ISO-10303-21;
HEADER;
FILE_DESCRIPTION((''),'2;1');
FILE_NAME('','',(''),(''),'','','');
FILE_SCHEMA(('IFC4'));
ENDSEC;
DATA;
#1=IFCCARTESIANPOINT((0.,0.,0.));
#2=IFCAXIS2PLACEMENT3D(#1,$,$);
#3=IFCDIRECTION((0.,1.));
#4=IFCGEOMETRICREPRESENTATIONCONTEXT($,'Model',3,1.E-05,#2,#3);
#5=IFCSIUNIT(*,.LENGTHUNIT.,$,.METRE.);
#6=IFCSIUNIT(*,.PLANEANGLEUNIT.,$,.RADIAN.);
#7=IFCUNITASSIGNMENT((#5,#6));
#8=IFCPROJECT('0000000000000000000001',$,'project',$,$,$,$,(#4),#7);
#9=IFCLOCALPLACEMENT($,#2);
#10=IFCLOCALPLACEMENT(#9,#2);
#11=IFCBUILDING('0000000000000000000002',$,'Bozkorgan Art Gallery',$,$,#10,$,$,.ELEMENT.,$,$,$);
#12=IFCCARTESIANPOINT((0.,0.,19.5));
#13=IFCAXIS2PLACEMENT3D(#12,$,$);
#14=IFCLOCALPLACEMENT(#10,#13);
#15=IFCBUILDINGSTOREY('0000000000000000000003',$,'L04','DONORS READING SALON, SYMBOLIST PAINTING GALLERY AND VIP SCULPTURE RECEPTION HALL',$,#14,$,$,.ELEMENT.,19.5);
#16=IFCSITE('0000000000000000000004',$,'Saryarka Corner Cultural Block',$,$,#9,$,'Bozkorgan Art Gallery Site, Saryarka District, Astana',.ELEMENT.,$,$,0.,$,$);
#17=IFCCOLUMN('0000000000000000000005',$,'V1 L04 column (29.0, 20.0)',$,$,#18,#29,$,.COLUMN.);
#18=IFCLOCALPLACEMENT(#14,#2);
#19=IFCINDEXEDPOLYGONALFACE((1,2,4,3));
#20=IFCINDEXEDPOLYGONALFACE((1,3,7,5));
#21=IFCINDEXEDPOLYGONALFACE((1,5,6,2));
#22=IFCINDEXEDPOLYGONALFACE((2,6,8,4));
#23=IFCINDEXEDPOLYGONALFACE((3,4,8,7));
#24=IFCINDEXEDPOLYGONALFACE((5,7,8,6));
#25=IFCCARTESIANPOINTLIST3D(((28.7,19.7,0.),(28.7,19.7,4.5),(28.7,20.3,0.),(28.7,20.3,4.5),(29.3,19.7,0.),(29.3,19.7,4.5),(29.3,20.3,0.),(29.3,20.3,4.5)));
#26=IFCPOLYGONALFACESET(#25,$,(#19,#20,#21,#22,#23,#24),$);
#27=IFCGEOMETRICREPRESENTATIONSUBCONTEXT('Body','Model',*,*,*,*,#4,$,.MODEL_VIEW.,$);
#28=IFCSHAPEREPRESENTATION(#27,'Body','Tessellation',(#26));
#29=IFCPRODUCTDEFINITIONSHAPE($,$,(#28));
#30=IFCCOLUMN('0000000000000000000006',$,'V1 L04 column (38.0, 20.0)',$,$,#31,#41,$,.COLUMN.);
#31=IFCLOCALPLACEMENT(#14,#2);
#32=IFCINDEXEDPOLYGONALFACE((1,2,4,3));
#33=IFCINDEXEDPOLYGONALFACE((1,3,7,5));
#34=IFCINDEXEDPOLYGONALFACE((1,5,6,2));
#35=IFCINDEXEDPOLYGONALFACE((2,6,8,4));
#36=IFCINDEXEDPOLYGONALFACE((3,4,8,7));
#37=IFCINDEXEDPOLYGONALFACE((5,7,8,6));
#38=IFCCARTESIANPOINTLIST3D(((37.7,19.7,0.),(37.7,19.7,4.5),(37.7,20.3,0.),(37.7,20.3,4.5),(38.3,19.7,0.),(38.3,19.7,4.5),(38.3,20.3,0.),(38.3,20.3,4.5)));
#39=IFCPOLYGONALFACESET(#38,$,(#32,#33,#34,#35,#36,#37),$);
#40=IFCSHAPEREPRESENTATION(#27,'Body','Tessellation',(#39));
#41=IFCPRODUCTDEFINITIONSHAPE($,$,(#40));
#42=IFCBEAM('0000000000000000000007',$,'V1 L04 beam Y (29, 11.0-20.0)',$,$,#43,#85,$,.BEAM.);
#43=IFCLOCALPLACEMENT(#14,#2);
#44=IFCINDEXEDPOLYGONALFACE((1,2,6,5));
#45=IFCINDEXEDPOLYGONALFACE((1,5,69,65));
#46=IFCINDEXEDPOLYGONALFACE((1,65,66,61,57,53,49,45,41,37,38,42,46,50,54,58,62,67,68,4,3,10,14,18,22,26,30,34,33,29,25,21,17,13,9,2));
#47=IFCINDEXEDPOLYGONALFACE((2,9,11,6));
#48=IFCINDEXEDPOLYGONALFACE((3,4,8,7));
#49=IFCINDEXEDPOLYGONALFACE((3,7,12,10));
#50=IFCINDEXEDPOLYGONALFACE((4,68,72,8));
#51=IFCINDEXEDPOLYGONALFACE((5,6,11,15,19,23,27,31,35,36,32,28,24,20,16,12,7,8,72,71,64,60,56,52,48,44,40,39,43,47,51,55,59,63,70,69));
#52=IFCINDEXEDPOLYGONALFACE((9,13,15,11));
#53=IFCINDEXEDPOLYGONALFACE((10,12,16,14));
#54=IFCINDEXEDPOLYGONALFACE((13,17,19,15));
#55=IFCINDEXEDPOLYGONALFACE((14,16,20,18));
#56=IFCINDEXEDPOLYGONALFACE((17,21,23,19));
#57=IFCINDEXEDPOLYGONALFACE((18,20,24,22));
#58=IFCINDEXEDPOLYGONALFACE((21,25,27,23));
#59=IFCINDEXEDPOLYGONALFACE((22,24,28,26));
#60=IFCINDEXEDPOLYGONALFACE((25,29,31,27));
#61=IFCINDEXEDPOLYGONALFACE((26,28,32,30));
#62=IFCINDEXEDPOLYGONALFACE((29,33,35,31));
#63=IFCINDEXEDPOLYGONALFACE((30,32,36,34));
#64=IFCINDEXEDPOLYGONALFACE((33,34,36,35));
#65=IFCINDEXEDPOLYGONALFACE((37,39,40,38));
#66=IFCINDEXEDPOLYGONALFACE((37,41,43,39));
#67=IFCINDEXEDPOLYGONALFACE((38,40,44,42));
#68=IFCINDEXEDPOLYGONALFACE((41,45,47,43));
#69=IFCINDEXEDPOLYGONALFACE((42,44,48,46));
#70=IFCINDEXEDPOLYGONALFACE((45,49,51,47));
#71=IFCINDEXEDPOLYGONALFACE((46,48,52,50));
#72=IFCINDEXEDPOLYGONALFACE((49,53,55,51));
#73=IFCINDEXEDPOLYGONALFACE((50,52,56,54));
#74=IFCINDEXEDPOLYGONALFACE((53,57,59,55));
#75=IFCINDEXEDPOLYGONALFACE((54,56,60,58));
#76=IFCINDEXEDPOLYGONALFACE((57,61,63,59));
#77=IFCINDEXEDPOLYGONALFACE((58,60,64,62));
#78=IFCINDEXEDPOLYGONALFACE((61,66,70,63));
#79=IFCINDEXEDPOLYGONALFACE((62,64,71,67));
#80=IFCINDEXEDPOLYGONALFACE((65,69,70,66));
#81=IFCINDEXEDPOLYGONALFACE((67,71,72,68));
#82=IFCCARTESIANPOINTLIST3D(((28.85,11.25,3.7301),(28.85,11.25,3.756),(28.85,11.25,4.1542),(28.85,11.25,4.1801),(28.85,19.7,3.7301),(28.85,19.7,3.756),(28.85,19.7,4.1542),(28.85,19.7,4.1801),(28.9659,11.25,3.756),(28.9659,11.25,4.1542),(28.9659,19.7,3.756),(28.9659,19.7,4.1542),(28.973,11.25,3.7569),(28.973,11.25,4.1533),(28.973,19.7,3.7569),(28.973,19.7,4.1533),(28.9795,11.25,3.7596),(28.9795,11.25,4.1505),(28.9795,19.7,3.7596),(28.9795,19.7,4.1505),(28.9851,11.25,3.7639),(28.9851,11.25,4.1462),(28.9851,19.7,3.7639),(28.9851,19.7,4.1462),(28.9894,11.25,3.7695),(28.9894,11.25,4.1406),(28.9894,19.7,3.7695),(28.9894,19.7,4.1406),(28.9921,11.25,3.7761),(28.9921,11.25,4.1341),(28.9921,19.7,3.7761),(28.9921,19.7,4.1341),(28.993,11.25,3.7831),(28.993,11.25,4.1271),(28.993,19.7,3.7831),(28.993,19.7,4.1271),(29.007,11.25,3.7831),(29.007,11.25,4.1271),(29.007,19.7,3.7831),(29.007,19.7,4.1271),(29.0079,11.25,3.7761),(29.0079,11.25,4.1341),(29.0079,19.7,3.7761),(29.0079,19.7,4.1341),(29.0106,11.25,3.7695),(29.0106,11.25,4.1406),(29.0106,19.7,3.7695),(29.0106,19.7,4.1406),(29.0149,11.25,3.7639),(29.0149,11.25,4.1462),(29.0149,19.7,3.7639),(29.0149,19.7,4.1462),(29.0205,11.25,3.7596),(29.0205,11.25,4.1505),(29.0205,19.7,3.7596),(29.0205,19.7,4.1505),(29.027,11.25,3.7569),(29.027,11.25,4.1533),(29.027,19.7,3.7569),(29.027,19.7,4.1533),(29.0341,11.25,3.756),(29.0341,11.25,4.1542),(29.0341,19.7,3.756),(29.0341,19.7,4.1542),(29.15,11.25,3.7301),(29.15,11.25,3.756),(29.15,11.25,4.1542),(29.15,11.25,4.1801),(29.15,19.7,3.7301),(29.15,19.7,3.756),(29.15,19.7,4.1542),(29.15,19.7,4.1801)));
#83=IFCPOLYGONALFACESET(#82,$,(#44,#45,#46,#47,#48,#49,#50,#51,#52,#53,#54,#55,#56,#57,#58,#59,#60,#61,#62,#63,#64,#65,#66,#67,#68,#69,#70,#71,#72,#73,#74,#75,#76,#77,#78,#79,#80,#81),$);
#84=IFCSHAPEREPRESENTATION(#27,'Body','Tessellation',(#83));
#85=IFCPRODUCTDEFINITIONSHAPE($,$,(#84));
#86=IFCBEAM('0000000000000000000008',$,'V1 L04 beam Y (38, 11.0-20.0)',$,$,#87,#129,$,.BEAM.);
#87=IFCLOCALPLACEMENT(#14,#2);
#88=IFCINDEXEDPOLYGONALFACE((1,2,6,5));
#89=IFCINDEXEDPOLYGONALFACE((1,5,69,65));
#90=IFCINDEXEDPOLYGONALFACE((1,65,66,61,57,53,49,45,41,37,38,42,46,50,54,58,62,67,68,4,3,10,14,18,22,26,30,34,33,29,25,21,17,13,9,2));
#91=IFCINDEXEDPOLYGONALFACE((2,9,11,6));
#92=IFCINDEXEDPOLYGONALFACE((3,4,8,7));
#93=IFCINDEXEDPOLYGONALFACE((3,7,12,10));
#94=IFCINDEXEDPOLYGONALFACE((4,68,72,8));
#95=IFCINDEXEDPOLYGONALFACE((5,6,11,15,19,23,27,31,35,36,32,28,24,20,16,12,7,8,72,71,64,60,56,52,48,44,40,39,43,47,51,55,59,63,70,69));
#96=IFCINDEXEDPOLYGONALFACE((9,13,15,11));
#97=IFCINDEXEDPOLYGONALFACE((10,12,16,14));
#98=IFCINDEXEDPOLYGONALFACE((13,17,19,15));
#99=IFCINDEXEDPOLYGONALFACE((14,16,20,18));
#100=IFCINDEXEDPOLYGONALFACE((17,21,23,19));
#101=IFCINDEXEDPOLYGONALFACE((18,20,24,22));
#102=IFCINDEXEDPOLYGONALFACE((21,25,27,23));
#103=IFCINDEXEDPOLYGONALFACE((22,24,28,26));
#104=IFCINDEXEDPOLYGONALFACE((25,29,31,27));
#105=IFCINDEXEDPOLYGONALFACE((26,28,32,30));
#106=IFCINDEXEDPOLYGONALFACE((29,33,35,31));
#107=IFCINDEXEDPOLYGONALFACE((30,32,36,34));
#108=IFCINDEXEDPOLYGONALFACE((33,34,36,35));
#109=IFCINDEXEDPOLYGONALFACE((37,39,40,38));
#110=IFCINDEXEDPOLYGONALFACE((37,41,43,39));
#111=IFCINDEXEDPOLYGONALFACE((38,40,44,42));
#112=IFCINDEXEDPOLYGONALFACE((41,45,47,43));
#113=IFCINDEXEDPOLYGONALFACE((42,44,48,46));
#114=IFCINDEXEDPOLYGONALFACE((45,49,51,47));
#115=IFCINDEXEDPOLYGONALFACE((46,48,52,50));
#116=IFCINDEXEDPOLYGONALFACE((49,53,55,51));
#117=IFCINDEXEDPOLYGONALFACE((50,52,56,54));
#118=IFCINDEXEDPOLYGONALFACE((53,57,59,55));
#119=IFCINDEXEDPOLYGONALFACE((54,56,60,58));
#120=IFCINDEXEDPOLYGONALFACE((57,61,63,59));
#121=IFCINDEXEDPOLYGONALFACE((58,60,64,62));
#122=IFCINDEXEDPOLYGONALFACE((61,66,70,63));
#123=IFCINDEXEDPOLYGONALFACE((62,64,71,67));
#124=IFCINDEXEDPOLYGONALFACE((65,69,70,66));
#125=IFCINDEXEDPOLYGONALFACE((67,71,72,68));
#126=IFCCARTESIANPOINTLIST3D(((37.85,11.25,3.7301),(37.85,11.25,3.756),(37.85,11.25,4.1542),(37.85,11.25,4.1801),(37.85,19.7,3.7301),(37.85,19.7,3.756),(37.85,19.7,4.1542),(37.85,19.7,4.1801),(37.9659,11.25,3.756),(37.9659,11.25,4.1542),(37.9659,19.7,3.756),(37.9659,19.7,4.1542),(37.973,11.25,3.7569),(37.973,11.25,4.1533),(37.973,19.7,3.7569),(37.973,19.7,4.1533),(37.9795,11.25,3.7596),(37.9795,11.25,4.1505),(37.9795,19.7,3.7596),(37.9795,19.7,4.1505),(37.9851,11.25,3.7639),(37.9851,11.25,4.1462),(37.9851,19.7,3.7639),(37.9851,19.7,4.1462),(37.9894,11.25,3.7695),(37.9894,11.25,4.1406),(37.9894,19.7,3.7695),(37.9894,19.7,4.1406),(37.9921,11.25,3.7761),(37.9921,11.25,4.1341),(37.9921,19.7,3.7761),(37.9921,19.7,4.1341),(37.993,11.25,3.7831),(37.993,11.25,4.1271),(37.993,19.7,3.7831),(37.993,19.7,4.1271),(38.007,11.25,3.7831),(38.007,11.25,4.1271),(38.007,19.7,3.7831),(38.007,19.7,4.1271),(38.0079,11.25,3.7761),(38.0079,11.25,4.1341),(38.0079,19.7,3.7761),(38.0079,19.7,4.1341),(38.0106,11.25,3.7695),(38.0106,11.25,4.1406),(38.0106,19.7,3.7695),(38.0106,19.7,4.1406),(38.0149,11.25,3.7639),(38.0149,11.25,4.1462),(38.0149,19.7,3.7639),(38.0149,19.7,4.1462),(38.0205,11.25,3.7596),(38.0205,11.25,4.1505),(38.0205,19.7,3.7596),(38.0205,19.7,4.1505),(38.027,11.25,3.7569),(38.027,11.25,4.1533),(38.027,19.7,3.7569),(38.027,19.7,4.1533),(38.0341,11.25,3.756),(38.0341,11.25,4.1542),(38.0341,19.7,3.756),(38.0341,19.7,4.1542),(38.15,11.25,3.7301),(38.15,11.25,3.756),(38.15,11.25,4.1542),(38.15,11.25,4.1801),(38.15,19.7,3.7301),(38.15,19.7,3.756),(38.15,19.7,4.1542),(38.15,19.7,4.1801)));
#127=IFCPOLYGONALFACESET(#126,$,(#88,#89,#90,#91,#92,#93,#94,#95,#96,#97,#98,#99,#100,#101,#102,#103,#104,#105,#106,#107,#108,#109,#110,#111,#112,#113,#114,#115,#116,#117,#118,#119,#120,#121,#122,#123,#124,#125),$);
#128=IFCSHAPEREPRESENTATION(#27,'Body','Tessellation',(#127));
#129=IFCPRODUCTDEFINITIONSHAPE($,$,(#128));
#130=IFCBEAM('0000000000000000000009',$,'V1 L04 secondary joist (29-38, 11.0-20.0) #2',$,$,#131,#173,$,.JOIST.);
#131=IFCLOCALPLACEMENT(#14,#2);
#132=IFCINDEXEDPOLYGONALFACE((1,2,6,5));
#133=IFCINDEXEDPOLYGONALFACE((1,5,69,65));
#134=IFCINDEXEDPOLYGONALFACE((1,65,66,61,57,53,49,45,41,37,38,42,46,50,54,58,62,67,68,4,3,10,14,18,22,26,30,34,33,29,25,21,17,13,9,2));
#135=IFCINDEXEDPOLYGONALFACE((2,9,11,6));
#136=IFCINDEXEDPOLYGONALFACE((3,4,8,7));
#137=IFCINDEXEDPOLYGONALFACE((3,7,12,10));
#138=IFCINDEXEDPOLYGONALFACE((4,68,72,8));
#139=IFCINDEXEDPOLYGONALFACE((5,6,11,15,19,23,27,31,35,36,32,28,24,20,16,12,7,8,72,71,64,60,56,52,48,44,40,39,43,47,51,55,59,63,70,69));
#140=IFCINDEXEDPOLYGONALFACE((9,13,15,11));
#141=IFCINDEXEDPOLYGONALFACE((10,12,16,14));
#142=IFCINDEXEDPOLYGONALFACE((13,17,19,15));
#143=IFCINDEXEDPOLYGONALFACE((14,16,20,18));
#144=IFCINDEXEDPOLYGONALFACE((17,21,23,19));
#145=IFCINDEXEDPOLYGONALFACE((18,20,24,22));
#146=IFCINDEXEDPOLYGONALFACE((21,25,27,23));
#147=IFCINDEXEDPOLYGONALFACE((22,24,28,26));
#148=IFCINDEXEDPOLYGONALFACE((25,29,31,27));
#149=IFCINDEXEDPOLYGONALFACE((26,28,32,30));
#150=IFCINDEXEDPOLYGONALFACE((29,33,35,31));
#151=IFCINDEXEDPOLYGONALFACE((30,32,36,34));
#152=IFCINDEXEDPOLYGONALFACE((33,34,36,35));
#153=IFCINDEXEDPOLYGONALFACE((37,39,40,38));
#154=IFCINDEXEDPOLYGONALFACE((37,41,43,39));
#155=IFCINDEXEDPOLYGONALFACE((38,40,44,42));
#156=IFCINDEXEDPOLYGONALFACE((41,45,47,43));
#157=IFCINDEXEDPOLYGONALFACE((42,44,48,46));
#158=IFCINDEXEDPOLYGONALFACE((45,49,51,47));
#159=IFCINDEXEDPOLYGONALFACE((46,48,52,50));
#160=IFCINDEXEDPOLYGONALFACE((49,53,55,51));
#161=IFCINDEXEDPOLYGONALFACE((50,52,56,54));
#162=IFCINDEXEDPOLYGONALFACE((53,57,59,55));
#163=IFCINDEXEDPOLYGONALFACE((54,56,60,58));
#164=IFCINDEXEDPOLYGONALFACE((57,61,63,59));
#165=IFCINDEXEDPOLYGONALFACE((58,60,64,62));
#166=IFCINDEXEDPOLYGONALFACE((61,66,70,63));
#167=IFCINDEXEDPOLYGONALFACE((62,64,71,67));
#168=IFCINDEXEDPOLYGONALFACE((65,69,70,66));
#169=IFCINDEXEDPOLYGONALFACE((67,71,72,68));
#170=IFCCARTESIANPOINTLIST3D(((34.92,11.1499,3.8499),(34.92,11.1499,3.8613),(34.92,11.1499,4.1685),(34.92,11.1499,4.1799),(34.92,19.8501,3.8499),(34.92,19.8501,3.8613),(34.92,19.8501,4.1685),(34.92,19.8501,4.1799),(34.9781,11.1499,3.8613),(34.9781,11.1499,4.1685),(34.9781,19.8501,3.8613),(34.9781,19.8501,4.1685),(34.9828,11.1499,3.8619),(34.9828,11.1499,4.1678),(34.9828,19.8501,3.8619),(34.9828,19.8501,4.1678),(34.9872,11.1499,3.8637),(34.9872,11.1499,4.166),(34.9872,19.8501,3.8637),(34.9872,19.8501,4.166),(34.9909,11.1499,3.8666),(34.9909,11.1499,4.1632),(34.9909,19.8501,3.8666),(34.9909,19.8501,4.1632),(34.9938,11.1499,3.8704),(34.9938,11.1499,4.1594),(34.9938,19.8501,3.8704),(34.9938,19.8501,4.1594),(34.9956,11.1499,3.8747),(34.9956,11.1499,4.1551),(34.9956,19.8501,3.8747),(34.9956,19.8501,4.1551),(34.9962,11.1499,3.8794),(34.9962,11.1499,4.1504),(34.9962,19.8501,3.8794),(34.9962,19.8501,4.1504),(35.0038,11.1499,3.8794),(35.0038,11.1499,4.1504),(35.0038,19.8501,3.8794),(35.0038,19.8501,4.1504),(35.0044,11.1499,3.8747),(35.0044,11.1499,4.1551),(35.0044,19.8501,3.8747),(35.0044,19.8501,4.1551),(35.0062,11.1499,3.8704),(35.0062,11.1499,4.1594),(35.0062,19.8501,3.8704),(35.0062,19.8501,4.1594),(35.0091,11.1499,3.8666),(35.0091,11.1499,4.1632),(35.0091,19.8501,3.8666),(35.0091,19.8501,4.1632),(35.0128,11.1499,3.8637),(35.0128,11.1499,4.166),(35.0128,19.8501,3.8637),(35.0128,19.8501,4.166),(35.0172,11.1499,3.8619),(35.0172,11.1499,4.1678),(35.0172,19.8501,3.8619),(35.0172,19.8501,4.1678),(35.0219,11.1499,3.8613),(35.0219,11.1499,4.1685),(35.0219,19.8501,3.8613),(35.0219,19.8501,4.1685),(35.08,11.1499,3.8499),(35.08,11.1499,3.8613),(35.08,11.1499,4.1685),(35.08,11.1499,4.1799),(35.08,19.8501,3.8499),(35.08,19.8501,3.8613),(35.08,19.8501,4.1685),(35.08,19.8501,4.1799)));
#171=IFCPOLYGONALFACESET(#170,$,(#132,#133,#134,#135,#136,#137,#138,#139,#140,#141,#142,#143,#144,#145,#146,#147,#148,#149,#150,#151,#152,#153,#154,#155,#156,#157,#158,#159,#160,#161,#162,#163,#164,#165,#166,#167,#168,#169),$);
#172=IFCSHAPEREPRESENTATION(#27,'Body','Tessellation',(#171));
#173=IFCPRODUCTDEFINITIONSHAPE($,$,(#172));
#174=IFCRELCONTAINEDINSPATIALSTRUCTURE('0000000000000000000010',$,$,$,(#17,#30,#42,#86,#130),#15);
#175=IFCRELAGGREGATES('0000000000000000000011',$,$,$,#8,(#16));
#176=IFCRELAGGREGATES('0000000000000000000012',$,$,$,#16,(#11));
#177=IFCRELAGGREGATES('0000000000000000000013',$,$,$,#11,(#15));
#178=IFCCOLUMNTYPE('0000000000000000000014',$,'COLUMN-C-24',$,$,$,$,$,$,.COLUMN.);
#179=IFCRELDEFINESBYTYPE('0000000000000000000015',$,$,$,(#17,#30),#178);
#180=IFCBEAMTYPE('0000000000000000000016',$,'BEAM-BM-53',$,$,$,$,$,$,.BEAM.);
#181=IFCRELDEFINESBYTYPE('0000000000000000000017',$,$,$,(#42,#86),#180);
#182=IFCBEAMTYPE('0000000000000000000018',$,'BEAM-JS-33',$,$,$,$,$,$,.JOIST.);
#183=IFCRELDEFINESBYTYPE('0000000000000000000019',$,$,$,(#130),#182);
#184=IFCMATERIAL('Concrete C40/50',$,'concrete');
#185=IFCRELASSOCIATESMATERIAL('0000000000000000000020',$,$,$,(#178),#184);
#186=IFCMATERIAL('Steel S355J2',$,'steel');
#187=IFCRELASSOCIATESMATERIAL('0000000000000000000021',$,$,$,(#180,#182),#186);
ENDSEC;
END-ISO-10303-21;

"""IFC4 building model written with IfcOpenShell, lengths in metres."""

from ifc_helpers import new_model, si_unit, direction, frame, origin, origin_2d, place, context, subcontext, project, spatial, rectangle, i_section, extrude, material, material_profile, profile_set, type_object, element, save


model = new_model("IFC4")

# Units and contexts
model_context = context("Model", 3, precision=1e-05, world=origin(), true_north=direction((0.0, 1.0)))
body_context = subcontext(model_context, "Body", "Model", "MODEL_VIEW")
ifc_project = project(units=[si_unit("LENGTHUNIT", "METRE"), si_unit("PLANEANGLEUNIT", "RADIAN")], contexts=[model_context])

# Site, building, storey
site_placement = place(None, origin())
site = spatial("IfcSite", under=ifc_project, at=site_placement, Name="Saryarka Corner Cultural Block", LongName="Bozkorgan Art Gallery Site, Saryarka District, Astana", CompositionType="ELEMENT", RefElevation=0.0)
building_placement = place(site_placement, origin())
building = spatial("IfcBuilding", under=site, at=building_placement, Name="Bozkorgan Art Gallery", CompositionType="ELEMENT")
storey_placement = place(building_placement, frame((0.0, 0.0, 19.5)))
storey = spatial("IfcBuildingStorey", under=building, at=storey_placement, Name="L04", Description="DONORS READING SALON, SYMBOLIST PAINTING GALLERY AND VIP SCULPTURE RECEPTION HALL", CompositionType="ELEMENT", Elevation=19.5)

# Columns
ifc_material_1 = material(Name="Concrete C40/50", Category="concrete")
ifc_material_profile_1 = material_profile(ifc_material_1, rectangle(XDim=0.6001, YDim=0.6001, at=origin_2d()), Name="RC 600x600")
ifc_profile_set_1 = profile_set([ifc_material_profile_1], Name="Concrete C40/50")
column_type = type_object("IfcColumnType", Name="COLUMN-C-24", PredefinedType="COLUMN", material=ifc_profile_set_1)
for number, where, z_axis, x_axis, name in (
    (1, (29.0, 20.0, 0.0), (0.0, 0.0, 1.0), (1.0, 0.0, 0.0), "V1 L04 column (29.0, 20.0)"),
    (2, (38.0, 20.0, 0.0), (0.0, 0.0, 1.0), (1.0, 0.0, 0.0), "V1 L04 column (38.0, 20.0)"),
):
    element("IfcColumn", number, at=place(storey_placement, frame(where, z_axis=z_axis, x_axis=x_axis)), inside=storey, type_object=column_type, Name=name, PredefinedType="COLUMN", context=body_context, shape_type="SweptSolid", body=[
        extrude(rectangle(XDim=0.6001, YDim=0.6001, at=origin_2d()), origin(), (0.0, 0.0, 1.0), 4.5),
    ])

# Beams
ifc_material_2 = material(Name="Steel S355J2", Category="steel")
ifc_material_profile_2 = material_profile(ifc_material_2, i_section(OverallWidth=0.3, OverallDepth=0.45, WebThickness=0.0139, FlangeThickness=0.0259, FilletRadius=0.0271, at=origin_2d()), Name="HEB 450")
ifc_profile_set_2 = profile_set([ifc_material_profile_2], Name="Steel S355J2")
beam_type_1 = type_object("IfcBeamType", Name="BEAM-BM-53", PredefinedType="BEAM", material=ifc_profile_set_2)
for number, where, z_axis, x_axis, name in (
    (3, (29.0, 11.25, 3.9551), (0.0, 1.0, 0.0), (-1.0, 0.0, 0.0), "V1 L04 beam Y (29, 11.0-20.0)"),
    (4, (38.0, 11.25, 3.9551), (0.0, 1.0, 0.0), (-1.0, 0.0, 0.0), "V1 L04 beam Y (38, 11.0-20.0)"),
):
    element("IfcBeam", number, at=place(storey_placement, frame(where, z_axis=z_axis, x_axis=x_axis)), inside=storey, type_object=beam_type_1, Name=name, PredefinedType="BEAM", context=body_context, shape_type="SweptSolid", body=[
        extrude(i_section(OverallWidth=0.3, OverallDepth=0.45, WebThickness=0.0139, FlangeThickness=0.0259, FilletRadius=0.0271, at=origin_2d()), origin(), (0.0, 0.0, 1.0), 8.45),
    ])
ifc_material_profile_3 = material_profile(ifc_material_2, i_section(OverallWidth=0.1599, OverallDepth=0.3301, WebThickness=0.0076, FlangeThickness=0.0115, FilletRadius=0.0181, at=origin_2d()), Name="IPE 330")
ifc_profile_set_3 = profile_set([ifc_material_profile_3], Name="Steel S355J2")
beam_type_2 = type_object("IfcBeamType", Name="BEAM-JS-33", PredefinedType="JOIST", material=ifc_profile_set_3)
beam_1_placement = place(storey_placement, frame((35.0, 11.1499, 4.0149), z_axis=(0.0, 1.0, 0.0), x_axis=(-1.0, 0.0, 0.0)))
element("IfcBeam", 5, at=beam_1_placement, inside=storey, type_object=beam_type_2, Name="V1 L04 secondary joist (29-38, 11.0-20.0) #2", PredefinedType="JOIST", context=body_context, shape_type="SweptSolid", body=[
    extrude(i_section(OverallWidth=0.1599, OverallDepth=0.3301, WebThickness=0.0076, FlangeThickness=0.0115, FilletRadius=0.0181, at=origin_2d()), origin(), (0.0, 0.0, 1.0), 8.7002),
])

save(model, "model.ifc")
